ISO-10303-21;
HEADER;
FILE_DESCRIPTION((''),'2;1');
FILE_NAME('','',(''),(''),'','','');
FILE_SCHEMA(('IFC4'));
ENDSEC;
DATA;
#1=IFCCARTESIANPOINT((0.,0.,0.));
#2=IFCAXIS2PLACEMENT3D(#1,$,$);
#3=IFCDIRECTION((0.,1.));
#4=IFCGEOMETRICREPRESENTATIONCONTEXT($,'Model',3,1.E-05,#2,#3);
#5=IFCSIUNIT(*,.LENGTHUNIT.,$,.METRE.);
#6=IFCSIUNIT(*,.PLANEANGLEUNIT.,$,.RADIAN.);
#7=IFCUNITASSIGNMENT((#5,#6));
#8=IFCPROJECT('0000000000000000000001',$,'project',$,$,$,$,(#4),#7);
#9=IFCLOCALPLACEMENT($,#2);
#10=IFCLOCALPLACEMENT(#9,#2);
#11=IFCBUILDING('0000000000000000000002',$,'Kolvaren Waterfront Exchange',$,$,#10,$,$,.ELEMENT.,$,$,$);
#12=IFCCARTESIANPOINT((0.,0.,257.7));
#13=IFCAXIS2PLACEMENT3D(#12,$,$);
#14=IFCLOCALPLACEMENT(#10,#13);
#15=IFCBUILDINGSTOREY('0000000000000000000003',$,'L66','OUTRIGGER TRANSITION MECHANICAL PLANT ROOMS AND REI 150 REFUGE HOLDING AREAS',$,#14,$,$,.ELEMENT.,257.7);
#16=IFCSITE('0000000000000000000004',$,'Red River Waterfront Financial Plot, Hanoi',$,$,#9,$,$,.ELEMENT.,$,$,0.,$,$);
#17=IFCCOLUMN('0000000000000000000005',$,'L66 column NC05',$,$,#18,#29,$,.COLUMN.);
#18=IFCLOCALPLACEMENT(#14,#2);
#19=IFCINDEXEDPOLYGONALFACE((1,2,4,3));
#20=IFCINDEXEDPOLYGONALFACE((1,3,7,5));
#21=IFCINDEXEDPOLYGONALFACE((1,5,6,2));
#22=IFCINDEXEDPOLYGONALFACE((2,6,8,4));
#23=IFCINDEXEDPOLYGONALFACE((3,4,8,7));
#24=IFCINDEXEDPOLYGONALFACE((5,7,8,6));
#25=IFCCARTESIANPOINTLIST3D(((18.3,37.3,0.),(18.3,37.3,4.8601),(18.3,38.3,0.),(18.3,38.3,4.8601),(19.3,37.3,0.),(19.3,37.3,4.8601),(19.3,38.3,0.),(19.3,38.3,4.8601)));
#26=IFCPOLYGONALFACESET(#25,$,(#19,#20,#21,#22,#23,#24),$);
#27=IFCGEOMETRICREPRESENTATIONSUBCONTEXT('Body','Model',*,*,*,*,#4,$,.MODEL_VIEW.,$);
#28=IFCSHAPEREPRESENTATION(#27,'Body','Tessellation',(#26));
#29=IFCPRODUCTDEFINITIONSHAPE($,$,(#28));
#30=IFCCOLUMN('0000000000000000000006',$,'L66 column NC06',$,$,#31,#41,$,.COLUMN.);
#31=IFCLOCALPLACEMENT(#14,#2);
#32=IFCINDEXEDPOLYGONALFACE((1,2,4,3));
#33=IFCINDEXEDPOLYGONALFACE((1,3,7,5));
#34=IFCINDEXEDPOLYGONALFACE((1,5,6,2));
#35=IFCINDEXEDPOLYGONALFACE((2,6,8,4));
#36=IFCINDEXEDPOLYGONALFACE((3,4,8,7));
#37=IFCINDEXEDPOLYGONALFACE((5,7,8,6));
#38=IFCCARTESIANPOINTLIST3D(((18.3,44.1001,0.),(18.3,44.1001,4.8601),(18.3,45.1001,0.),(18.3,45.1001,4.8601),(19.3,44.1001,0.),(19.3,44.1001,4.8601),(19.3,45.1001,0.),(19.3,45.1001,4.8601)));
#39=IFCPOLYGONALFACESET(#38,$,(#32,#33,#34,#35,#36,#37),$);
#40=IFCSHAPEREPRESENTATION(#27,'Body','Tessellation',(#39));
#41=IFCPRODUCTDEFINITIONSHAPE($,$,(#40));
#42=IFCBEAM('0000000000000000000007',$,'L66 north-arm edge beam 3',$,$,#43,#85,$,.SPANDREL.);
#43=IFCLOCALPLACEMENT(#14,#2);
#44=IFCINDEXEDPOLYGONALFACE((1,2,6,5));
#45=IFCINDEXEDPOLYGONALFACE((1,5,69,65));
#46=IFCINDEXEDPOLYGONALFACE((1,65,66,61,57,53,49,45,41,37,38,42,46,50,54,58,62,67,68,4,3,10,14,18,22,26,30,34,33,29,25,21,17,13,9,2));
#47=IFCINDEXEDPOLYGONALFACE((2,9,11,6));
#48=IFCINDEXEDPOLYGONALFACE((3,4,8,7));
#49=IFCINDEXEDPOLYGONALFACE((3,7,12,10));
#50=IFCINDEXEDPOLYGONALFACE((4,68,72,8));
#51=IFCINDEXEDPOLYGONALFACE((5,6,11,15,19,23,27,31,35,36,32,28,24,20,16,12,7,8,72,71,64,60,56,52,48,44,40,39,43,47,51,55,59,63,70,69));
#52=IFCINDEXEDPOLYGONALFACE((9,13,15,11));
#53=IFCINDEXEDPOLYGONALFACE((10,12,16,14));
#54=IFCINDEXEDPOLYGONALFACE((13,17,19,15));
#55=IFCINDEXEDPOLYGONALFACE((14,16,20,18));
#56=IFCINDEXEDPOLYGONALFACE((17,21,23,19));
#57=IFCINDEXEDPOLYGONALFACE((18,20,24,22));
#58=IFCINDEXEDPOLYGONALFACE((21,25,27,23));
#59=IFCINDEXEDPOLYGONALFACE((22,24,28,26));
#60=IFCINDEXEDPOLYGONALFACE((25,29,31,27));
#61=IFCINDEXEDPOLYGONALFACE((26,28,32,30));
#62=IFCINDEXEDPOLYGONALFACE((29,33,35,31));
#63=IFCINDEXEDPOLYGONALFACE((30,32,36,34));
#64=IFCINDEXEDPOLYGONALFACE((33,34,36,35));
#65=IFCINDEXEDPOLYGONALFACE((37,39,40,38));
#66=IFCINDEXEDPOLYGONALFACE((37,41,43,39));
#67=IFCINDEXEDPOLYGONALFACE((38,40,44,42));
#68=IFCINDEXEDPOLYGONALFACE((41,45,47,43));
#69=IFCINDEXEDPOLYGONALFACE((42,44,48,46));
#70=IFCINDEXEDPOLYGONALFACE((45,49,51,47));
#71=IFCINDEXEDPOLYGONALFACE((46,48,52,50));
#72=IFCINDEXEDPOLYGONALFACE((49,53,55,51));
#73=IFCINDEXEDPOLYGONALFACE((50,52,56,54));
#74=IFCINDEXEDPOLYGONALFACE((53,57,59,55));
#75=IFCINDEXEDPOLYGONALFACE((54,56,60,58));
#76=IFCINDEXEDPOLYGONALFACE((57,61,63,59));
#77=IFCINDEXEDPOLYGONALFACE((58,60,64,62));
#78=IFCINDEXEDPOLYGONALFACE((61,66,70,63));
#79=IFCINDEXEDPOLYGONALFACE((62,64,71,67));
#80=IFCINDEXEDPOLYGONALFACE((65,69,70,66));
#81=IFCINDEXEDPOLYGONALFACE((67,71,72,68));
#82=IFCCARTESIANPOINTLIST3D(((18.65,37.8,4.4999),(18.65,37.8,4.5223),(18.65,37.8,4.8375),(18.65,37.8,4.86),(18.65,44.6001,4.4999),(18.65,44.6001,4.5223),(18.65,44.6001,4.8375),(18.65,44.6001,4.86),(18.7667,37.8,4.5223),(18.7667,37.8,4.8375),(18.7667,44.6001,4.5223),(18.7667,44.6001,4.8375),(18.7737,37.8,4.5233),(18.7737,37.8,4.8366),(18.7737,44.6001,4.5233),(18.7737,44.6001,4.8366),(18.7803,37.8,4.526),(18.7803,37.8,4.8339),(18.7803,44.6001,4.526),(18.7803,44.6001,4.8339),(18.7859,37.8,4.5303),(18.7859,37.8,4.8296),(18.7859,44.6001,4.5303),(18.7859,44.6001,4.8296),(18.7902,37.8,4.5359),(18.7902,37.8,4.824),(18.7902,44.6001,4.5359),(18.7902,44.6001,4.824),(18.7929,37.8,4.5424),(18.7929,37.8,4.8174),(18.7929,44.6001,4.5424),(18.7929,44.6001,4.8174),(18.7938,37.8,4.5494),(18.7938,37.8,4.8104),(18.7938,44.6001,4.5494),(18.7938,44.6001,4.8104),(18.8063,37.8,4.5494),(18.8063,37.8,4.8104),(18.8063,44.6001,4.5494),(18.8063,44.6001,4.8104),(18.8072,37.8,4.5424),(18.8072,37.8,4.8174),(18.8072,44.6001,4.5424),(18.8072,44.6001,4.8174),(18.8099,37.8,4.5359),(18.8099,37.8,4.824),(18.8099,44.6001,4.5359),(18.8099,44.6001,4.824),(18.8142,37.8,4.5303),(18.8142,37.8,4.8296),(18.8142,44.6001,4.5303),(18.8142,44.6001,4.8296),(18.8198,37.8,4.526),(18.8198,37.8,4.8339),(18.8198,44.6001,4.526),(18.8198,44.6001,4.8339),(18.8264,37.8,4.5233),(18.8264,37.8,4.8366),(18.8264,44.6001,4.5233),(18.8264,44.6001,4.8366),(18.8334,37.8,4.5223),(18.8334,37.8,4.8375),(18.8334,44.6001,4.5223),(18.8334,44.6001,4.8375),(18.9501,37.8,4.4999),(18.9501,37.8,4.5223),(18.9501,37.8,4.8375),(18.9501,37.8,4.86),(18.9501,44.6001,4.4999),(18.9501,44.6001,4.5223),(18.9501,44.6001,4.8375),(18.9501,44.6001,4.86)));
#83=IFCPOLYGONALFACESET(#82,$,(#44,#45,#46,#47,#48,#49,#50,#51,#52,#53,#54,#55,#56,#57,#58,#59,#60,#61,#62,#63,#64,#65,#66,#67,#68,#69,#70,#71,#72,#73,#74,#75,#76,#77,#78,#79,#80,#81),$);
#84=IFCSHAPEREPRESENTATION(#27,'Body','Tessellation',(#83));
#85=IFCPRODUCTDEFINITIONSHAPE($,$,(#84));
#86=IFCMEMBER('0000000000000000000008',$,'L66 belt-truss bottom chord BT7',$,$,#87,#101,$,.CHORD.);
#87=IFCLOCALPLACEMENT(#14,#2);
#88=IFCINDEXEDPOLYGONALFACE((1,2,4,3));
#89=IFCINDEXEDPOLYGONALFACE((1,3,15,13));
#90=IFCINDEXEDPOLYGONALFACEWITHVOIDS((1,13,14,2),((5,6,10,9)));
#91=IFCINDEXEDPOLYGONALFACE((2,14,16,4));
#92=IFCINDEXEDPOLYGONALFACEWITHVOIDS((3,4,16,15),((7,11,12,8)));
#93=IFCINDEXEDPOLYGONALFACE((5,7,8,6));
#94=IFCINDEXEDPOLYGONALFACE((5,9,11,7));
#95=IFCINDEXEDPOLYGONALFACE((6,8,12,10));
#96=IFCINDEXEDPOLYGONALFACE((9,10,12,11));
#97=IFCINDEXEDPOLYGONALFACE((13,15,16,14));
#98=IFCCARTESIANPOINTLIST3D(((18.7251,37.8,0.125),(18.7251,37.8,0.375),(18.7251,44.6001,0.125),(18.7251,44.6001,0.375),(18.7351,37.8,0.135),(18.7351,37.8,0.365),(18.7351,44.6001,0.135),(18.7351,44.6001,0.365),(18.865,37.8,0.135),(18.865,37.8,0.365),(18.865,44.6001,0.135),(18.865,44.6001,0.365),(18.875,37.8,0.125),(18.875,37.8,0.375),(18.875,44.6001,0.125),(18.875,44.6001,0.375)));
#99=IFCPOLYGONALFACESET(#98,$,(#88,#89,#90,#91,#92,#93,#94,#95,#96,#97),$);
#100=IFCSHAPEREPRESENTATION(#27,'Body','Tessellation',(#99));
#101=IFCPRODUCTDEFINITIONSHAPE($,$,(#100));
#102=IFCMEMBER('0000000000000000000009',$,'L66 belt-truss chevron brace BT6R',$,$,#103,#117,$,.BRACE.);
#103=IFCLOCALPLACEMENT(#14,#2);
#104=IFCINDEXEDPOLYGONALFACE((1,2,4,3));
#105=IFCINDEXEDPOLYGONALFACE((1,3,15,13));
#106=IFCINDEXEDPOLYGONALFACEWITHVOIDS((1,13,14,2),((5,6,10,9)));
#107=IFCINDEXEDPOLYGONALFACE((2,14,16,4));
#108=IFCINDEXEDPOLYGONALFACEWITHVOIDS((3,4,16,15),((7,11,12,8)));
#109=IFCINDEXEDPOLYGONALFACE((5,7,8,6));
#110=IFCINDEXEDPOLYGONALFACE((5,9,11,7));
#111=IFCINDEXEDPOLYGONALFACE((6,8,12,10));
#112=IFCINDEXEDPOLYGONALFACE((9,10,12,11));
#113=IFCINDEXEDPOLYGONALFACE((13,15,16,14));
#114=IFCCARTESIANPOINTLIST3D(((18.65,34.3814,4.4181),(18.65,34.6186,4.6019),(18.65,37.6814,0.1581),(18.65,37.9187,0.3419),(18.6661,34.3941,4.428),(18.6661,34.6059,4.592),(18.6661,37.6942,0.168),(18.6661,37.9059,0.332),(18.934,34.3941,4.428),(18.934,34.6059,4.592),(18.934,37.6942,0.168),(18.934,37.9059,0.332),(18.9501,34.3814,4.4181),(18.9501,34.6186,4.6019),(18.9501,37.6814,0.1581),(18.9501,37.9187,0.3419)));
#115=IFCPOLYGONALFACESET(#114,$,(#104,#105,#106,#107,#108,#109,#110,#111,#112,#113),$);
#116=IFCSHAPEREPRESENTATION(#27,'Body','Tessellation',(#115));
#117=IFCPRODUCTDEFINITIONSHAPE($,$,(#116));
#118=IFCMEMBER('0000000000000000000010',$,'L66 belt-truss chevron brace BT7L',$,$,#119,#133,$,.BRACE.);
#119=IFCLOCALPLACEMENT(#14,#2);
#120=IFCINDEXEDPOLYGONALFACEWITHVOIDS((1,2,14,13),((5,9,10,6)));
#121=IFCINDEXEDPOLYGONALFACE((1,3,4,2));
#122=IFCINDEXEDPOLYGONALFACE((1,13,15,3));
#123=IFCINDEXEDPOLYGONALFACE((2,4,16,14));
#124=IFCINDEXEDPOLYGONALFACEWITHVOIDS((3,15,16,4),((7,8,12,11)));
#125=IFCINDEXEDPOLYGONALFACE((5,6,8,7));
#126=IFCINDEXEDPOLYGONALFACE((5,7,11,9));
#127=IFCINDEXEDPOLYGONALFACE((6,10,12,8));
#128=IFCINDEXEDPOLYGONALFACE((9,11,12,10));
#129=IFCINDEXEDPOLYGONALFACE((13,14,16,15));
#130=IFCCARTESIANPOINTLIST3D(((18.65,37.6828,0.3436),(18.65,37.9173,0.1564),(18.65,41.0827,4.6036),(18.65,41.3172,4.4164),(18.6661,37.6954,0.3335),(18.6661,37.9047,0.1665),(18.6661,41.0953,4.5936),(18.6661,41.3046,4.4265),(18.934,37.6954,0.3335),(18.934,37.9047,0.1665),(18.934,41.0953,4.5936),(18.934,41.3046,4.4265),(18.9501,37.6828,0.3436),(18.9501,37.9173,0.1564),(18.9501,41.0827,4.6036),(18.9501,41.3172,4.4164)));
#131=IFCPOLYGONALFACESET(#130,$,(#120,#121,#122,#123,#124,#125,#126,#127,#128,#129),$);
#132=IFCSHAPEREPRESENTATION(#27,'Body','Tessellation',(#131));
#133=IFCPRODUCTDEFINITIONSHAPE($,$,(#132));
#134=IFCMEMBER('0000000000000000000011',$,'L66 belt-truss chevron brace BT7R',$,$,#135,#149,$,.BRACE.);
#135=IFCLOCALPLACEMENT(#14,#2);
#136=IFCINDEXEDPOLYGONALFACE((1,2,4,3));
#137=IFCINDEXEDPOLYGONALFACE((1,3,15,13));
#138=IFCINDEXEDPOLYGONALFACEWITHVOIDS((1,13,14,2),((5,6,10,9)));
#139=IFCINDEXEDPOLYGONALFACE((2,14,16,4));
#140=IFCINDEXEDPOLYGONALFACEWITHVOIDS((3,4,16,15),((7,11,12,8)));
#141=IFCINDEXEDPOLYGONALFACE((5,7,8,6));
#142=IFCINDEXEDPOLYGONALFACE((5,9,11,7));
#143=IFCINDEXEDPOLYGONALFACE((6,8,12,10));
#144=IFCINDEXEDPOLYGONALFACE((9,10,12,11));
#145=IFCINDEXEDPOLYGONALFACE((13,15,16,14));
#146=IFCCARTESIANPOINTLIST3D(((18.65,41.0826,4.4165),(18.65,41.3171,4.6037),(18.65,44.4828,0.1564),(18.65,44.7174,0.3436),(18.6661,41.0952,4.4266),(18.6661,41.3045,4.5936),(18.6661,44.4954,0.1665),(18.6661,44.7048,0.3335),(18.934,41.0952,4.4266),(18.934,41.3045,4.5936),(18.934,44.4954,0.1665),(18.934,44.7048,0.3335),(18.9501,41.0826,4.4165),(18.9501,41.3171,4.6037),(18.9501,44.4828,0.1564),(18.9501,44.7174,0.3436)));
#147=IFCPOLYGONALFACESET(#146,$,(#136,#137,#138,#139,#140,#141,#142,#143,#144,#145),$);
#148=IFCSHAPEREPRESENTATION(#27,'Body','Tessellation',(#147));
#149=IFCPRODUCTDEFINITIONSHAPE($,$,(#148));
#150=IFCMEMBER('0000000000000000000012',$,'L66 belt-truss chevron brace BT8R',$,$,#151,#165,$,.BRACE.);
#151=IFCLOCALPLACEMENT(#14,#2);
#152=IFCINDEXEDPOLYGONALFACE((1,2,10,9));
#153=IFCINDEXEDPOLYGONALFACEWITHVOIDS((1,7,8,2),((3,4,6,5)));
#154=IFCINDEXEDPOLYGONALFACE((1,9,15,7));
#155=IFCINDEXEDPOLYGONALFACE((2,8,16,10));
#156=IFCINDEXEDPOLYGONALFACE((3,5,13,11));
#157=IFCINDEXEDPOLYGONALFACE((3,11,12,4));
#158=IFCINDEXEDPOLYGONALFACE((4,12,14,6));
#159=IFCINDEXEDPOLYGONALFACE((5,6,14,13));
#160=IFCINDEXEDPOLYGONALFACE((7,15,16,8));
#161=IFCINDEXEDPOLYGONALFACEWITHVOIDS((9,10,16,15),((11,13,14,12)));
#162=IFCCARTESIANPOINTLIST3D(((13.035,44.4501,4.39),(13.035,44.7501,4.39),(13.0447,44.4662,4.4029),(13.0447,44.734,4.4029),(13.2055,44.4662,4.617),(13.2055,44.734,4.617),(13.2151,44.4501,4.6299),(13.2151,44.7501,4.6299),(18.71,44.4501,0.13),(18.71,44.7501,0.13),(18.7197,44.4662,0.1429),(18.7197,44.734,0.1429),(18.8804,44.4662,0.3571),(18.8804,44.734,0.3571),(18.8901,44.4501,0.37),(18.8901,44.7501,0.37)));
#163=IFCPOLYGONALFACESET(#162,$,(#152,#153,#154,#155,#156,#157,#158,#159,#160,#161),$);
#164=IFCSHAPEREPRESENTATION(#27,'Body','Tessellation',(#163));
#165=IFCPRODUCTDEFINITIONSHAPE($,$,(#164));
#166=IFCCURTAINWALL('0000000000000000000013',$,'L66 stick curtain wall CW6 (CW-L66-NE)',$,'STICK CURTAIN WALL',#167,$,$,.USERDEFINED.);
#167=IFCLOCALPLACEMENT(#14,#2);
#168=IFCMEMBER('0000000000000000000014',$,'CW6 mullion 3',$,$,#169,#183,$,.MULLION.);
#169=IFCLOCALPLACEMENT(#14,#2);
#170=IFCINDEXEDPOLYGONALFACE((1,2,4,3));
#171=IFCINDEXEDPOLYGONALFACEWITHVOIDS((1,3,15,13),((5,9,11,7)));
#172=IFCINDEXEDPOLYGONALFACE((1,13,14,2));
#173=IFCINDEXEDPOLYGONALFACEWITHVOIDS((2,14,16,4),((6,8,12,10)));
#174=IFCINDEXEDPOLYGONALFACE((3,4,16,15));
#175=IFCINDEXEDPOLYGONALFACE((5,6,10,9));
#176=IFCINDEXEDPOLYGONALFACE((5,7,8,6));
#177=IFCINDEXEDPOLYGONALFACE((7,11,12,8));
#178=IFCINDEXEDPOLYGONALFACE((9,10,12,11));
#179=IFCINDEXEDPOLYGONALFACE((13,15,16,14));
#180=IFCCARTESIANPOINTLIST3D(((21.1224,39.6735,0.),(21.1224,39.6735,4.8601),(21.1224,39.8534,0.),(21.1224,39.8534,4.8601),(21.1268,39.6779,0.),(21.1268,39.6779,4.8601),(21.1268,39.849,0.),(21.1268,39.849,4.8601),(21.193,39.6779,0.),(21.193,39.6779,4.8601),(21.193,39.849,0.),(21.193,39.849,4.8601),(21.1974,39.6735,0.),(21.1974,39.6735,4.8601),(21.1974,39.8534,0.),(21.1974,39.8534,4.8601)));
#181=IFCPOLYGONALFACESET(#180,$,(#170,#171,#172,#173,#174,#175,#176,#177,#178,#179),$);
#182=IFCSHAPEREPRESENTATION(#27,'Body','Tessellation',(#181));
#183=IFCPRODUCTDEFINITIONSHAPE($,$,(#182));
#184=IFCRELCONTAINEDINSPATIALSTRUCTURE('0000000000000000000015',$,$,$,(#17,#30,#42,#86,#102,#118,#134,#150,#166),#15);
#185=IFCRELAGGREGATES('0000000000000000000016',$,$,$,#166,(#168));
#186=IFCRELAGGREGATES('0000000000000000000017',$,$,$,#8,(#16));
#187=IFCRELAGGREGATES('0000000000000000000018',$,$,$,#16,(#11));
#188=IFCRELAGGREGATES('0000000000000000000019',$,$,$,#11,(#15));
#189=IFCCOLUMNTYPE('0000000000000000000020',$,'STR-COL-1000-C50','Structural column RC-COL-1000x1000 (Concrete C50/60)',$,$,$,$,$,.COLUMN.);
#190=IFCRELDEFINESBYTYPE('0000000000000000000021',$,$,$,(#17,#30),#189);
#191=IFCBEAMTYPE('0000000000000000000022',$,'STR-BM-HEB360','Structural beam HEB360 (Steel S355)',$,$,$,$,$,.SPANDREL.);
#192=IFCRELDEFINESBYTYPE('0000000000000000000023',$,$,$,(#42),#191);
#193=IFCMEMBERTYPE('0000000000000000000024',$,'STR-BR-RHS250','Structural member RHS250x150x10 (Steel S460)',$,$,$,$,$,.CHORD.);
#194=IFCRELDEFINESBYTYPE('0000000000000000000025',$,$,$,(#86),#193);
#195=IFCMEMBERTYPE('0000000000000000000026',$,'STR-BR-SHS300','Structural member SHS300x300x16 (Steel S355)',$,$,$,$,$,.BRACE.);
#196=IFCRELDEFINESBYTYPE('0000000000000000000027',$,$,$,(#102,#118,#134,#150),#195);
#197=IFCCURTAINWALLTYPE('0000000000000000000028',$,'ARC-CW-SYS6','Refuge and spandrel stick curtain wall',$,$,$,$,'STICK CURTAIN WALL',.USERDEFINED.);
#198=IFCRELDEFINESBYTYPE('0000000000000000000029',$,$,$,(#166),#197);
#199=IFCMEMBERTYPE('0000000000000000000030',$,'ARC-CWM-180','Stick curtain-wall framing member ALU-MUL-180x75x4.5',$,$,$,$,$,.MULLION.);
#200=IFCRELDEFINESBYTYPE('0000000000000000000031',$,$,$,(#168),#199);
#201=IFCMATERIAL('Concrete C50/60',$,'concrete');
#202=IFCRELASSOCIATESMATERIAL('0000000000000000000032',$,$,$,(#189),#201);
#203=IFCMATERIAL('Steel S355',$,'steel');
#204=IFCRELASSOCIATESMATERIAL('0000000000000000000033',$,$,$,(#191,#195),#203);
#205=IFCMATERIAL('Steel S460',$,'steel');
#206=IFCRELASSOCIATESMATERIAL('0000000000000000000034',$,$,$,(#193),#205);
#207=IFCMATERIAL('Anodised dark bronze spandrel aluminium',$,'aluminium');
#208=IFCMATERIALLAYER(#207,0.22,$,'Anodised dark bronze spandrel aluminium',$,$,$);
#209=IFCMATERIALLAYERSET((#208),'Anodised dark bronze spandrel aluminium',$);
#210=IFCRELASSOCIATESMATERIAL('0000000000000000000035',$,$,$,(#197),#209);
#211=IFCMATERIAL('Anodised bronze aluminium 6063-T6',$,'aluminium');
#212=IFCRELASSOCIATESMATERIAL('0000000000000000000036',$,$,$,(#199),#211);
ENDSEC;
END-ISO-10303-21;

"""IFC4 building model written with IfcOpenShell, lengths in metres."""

from ifc_helpers import new_model, si_unit, direction, frame, origin, origin_with_axes, origin_2d, place, context, subcontext, project, spatial, rectangle, hollow_rectangle, i_section, extrude, source, transform, mapped, material, layer, layer_set, material_profile, profile_set, type_object, element, aggregate, save


model = new_model("IFC4")

# Units and contexts
model_context = context("Model", 3, precision=1e-05, world=origin(), true_north=direction((0.0, 1.0)))
body_context = subcontext(model_context, "Body", "Model", "MODEL_VIEW")
ifc_project = project(units=[si_unit("LENGTHUNIT", "METRE"), si_unit("PLANEANGLEUNIT", "RADIAN")], contexts=[model_context])

# Site, building, storey
site_placement = place(None, origin())
site = spatial("IfcSite", under=ifc_project, at=site_placement, Name="Red River Waterfront Financial Plot, Hanoi", CompositionType="ELEMENT", RefElevation=0.0)
building_placement = place(site_placement, origin())
building = spatial("IfcBuilding", under=site, at=building_placement, Name="Kolvaren Waterfront Exchange", CompositionType="ELEMENT")
storey_placement = place(building_placement, frame((0.0, 0.0, 257.7)))
storey = spatial("IfcBuildingStorey", under=building, at=storey_placement, Name="L66", Description="OUTRIGGER TRANSITION MECHANICAL PLANT ROOMS AND REI 150 REFUGE HOLDING AREAS", CompositionType="ELEMENT", Elevation=257.7)

# Columns
ifc_material_1 = material(Name="Concrete C50/60", Category="concrete")
ifc_material_profile_1 = material_profile(ifc_material_1, rectangle(XDim=1.0, YDim=1.0, at=origin_2d()), Name="RC-COL-1000x1000")
ifc_profile_set_1 = profile_set([ifc_material_profile_1], Name="Concrete C50/60")
column_type = type_object("IfcColumnType", Name="STR-COL-1000-C50", Description="Structural column RC-COL-1000x1000 (Concrete C50/60)", PredefinedType="COLUMN", material=ifc_profile_set_1)
for number, where, z_axis, x_axis, name in (
    (1, (18.8, 37.8, 0.0), (0.0, 0.0, 1.0), (1.0, 0.0, 0.0), "L66 column NC05"),
    (2, (18.8, 44.6001, 0.0), (0.0, 0.0, 1.0), (1.0, 0.0, 0.0), "L66 column NC06"),
):
    element("IfcColumn", number, at=place(storey_placement, frame(where, z_axis=z_axis, x_axis=x_axis)), inside=storey, type_object=column_type, Name=name, PredefinedType="COLUMN", context=body_context, shape_type="SweptSolid", body=[
        extrude(rectangle(XDim=1.0, YDim=1.0, at=origin_2d()), origin(), (0.0, 0.0, 1.0), 4.8601),
    ])

# Beam
ifc_material_2 = material(Name="Steel S355", Category="steel")
ifc_material_profile_2 = material_profile(ifc_material_2, i_section(OverallWidth=0.3, OverallDepth=0.3601, WebThickness=0.0125, FlangeThickness=0.0225, FilletRadius=0.0271, at=origin_2d()), Name="HEB360")
ifc_profile_set_2 = profile_set([ifc_material_profile_2], Name="Steel S355")
beam_type = type_object("IfcBeamType", Name="STR-BM-HEB360", Description="Structural beam HEB360 (Steel S355)", PredefinedType="SPANDREL", material=ifc_profile_set_2)
beam_placement = place(storey_placement, frame((18.8, 37.8, 4.6799), z_axis=(0.0, 1.0, 0.0), x_axis=(-1.0, 0.0, 0.0)))
element("IfcBeam", 3, at=beam_placement, inside=storey, type_object=beam_type, Name="L66 north-arm edge beam 3", PredefinedType="SPANDREL", context=body_context, shape_type="SweptSolid", body=[
    extrude(i_section(OverallWidth=0.3, OverallDepth=0.3601, WebThickness=0.0125, FlangeThickness=0.0225, FilletRadius=0.0271, at=origin_2d()), origin(), (0.0, 0.0, 1.0), 6.8),
])

# Members
ifc_material_3 = material(Name="Steel S460", Category="steel")
ifc_material_profile_3 = material_profile(ifc_material_3, hollow_rectangle(XDim=0.1499, YDim=0.25, WallThickness=0.01, at=origin_2d()), Name="RHS250x150x10")
ifc_profile_set_3 = profile_set([ifc_material_profile_3], Name="Steel S460")
member_type_1 = type_object("IfcMemberType", Name="STR-BR-RHS250", Description="Structural member RHS250x150x10 (Steel S460)", PredefinedType="CHORD", material=ifc_profile_set_3)
member_1_placement = place(storey_placement, frame((18.8, 37.8, 0.25), z_axis=(0.0, 1.0, 0.0), x_axis=(-1.0, 0.0, 0.0)))
element("IfcMember", 4, at=member_1_placement, inside=storey, type_object=member_type_1, Name="L66 belt-truss bottom chord BT7", PredefinedType="CHORD", context=body_context, shape_type="SweptSolid", body=[
    extrude(hollow_rectangle(XDim=0.1499, YDim=0.25, WallThickness=0.01, at=origin_2d()), origin(), (0.0, 0.0, 1.0), 6.8),
])
ifc_material_profile_4 = material_profile(ifc_material_2, hollow_rectangle(XDim=0.3, YDim=0.3, WallThickness=0.0161, at=origin_2d()), Name="SHS300x300x16")
ifc_profile_set_4 = profile_set([ifc_material_profile_4], Name="Steel S355")
member_type_2 = type_object("IfcMemberType", Name="STR-BR-SHS300", Description="Structural member SHS300x300x16 (Steel S355)", PredefinedType="BRACE", material=ifc_profile_set_4)
member_2_placement = place(storey_placement, frame((18.8, 37.8, 0.25), z_axis=(0.0, -0.612403, 0.790546), x_axis=(1.0, 0.0, 0.0)))
element("IfcMember", 5, at=member_2_placement, inside=storey, type_object=member_type_2, Name="L66 belt-truss chevron brace BT6R", PredefinedType="BRACE", context=body_context, shape_type="SweptSolid", body=[
    extrude(hollow_rectangle(XDim=0.3, YDim=0.3, WallThickness=0.0161, at=origin_2d()), origin(), (0.0, 0.0, 1.0), 5.3887),
])
member_3_placement = place(storey_placement, frame((18.8, 37.8, 0.25), z_axis=(0.0, 0.623788, 0.781594), x_axis=(-1.0, 0.0, 0.0)))
element("IfcMember", 6, at=member_3_placement, inside=storey, type_object=member_type_2, Name="L66 belt-truss chevron brace BT7L", PredefinedType="BRACE", context=body_context, shape_type="SweptSolid", body=[
    extrude(hollow_rectangle(XDim=0.3, YDim=0.3, WallThickness=0.0161, at=origin_2d()), origin(), (0.0, 0.0, 1.0), 5.4504),
])
member_4_placement = place(storey_placement, frame((18.8, 44.6001, 0.25), z_axis=(0.0, -0.623815, 0.781572), x_axis=(1.0, 0.0, 0.0)))
element("IfcMember", 7, at=member_4_placement, inside=storey, type_object=member_type_2, Name="L66 belt-truss chevron brace BT7R", PredefinedType="BRACE", context=body_context, shape_type="SweptSolid", body=[
    extrude(hollow_rectangle(XDim=0.3, YDim=0.3, WallThickness=0.0161, at=origin_2d()), origin(), (0.0, 0.0, 1.0), 5.4507),
])
member_5_placement = place(storey_placement, frame((18.8, 44.6001, 0.25), z_axis=(-0.799748, 0.0, 0.600336), x_axis=(0.0, -1.0, 0.0)))
element("IfcMember", 8, at=member_5_placement, inside=storey, type_object=member_type_2, Name="L66 belt-truss chevron brace BT8R", PredefinedType="BRACE", context=body_context, shape_type="SweptSolid", body=[
    extrude(hollow_rectangle(XDim=0.3, YDim=0.3, WallThickness=0.0161, at=origin_2d()), origin(), (0.0, 0.0, 1.0), 7.0959),
])

# Curtain wall, member
ifc_material_4 = material(Name="Anodised dark bronze spandrel aluminium", Category="aluminium")
ifc_layer_1 = layer(ifc_material_4, 0.22, Name="Anodised dark bronze spandrel aluminium")
ifc_layer_set_1 = layer_set([ifc_layer_1], Name="Anodised dark bronze spandrel aluminium")
curtain_wall_type = type_object("IfcCurtainWallType", Name="ARC-CW-SYS6", Description="Refuge and spandrel stick curtain wall", ElementType="STICK CURTAIN WALL", PredefinedType="USERDEFINED", material=ifc_layer_set_1)
curtain_wall_placement = place(storey_placement, origin())
curtain_wall = element("IfcCurtainWall", 9, at=curtain_wall_placement, inside=storey, type_object=curtain_wall_type, Name="L66 stick curtain wall CW6 (CW-L66-NE)", ObjectType="STICK CURTAIN WALL", PredefinedType="USERDEFINED")
ifc_material_5 = material(Name="Anodised bronze aluminium 6063-T6", Category="aluminium")
ifc_material_profile_5 = material_profile(ifc_material_5, hollow_rectangle(XDim=0.075, YDim=0.1799, WallThickness=0.0044, at=origin_2d()), Name="ALU-MUL-180x75x4.5")
ifc_profile_set_5 = profile_set([ifc_material_profile_5], Name="Anodised bronze aluminium 6063-T6")
member_type_3 = type_object("IfcMemberType", Name="ARC-CWM-180", Description="Stick curtain-wall framing member ALU-MUL-180x75x4.5", PredefinedType="MULLION", material=ifc_profile_set_5)
shared_shape_1 = source(origin_with_axes(), body_context, "Body", "SweptSolid", [
    extrude(hollow_rectangle(XDim=0.075, YDim=0.1799, WallThickness=0.0044, at=origin_2d()), origin(), (0.0, 0.0, 1.0), 4.8601),
])
member_6_placement = place(storey_placement, frame((21.1599, 39.7634, 0.0), z_axis=(0.0, 0.0, 1.0), x_axis=(-1.0, 0.0, 0.0)))
member_6 = element("IfcMember", 10, at=member_6_placement, type_object=member_type_3, Name="CW6 mullion 3", PredefinedType="MULLION", context=body_context, shape_type="MappedRepresentation", body=[
    mapped(shared_shape_1, transform((0.0, 0.0, 0.0), x_axis=(1.0, 0.0, 0.0), y_axis=(0.0, 1.0, 0.0), z_axis=(0.0, 0.0, 1.0), scale=1.0)),
])

aggregate(curtain_wall, [member_6])

save(model, "model.ifc")
